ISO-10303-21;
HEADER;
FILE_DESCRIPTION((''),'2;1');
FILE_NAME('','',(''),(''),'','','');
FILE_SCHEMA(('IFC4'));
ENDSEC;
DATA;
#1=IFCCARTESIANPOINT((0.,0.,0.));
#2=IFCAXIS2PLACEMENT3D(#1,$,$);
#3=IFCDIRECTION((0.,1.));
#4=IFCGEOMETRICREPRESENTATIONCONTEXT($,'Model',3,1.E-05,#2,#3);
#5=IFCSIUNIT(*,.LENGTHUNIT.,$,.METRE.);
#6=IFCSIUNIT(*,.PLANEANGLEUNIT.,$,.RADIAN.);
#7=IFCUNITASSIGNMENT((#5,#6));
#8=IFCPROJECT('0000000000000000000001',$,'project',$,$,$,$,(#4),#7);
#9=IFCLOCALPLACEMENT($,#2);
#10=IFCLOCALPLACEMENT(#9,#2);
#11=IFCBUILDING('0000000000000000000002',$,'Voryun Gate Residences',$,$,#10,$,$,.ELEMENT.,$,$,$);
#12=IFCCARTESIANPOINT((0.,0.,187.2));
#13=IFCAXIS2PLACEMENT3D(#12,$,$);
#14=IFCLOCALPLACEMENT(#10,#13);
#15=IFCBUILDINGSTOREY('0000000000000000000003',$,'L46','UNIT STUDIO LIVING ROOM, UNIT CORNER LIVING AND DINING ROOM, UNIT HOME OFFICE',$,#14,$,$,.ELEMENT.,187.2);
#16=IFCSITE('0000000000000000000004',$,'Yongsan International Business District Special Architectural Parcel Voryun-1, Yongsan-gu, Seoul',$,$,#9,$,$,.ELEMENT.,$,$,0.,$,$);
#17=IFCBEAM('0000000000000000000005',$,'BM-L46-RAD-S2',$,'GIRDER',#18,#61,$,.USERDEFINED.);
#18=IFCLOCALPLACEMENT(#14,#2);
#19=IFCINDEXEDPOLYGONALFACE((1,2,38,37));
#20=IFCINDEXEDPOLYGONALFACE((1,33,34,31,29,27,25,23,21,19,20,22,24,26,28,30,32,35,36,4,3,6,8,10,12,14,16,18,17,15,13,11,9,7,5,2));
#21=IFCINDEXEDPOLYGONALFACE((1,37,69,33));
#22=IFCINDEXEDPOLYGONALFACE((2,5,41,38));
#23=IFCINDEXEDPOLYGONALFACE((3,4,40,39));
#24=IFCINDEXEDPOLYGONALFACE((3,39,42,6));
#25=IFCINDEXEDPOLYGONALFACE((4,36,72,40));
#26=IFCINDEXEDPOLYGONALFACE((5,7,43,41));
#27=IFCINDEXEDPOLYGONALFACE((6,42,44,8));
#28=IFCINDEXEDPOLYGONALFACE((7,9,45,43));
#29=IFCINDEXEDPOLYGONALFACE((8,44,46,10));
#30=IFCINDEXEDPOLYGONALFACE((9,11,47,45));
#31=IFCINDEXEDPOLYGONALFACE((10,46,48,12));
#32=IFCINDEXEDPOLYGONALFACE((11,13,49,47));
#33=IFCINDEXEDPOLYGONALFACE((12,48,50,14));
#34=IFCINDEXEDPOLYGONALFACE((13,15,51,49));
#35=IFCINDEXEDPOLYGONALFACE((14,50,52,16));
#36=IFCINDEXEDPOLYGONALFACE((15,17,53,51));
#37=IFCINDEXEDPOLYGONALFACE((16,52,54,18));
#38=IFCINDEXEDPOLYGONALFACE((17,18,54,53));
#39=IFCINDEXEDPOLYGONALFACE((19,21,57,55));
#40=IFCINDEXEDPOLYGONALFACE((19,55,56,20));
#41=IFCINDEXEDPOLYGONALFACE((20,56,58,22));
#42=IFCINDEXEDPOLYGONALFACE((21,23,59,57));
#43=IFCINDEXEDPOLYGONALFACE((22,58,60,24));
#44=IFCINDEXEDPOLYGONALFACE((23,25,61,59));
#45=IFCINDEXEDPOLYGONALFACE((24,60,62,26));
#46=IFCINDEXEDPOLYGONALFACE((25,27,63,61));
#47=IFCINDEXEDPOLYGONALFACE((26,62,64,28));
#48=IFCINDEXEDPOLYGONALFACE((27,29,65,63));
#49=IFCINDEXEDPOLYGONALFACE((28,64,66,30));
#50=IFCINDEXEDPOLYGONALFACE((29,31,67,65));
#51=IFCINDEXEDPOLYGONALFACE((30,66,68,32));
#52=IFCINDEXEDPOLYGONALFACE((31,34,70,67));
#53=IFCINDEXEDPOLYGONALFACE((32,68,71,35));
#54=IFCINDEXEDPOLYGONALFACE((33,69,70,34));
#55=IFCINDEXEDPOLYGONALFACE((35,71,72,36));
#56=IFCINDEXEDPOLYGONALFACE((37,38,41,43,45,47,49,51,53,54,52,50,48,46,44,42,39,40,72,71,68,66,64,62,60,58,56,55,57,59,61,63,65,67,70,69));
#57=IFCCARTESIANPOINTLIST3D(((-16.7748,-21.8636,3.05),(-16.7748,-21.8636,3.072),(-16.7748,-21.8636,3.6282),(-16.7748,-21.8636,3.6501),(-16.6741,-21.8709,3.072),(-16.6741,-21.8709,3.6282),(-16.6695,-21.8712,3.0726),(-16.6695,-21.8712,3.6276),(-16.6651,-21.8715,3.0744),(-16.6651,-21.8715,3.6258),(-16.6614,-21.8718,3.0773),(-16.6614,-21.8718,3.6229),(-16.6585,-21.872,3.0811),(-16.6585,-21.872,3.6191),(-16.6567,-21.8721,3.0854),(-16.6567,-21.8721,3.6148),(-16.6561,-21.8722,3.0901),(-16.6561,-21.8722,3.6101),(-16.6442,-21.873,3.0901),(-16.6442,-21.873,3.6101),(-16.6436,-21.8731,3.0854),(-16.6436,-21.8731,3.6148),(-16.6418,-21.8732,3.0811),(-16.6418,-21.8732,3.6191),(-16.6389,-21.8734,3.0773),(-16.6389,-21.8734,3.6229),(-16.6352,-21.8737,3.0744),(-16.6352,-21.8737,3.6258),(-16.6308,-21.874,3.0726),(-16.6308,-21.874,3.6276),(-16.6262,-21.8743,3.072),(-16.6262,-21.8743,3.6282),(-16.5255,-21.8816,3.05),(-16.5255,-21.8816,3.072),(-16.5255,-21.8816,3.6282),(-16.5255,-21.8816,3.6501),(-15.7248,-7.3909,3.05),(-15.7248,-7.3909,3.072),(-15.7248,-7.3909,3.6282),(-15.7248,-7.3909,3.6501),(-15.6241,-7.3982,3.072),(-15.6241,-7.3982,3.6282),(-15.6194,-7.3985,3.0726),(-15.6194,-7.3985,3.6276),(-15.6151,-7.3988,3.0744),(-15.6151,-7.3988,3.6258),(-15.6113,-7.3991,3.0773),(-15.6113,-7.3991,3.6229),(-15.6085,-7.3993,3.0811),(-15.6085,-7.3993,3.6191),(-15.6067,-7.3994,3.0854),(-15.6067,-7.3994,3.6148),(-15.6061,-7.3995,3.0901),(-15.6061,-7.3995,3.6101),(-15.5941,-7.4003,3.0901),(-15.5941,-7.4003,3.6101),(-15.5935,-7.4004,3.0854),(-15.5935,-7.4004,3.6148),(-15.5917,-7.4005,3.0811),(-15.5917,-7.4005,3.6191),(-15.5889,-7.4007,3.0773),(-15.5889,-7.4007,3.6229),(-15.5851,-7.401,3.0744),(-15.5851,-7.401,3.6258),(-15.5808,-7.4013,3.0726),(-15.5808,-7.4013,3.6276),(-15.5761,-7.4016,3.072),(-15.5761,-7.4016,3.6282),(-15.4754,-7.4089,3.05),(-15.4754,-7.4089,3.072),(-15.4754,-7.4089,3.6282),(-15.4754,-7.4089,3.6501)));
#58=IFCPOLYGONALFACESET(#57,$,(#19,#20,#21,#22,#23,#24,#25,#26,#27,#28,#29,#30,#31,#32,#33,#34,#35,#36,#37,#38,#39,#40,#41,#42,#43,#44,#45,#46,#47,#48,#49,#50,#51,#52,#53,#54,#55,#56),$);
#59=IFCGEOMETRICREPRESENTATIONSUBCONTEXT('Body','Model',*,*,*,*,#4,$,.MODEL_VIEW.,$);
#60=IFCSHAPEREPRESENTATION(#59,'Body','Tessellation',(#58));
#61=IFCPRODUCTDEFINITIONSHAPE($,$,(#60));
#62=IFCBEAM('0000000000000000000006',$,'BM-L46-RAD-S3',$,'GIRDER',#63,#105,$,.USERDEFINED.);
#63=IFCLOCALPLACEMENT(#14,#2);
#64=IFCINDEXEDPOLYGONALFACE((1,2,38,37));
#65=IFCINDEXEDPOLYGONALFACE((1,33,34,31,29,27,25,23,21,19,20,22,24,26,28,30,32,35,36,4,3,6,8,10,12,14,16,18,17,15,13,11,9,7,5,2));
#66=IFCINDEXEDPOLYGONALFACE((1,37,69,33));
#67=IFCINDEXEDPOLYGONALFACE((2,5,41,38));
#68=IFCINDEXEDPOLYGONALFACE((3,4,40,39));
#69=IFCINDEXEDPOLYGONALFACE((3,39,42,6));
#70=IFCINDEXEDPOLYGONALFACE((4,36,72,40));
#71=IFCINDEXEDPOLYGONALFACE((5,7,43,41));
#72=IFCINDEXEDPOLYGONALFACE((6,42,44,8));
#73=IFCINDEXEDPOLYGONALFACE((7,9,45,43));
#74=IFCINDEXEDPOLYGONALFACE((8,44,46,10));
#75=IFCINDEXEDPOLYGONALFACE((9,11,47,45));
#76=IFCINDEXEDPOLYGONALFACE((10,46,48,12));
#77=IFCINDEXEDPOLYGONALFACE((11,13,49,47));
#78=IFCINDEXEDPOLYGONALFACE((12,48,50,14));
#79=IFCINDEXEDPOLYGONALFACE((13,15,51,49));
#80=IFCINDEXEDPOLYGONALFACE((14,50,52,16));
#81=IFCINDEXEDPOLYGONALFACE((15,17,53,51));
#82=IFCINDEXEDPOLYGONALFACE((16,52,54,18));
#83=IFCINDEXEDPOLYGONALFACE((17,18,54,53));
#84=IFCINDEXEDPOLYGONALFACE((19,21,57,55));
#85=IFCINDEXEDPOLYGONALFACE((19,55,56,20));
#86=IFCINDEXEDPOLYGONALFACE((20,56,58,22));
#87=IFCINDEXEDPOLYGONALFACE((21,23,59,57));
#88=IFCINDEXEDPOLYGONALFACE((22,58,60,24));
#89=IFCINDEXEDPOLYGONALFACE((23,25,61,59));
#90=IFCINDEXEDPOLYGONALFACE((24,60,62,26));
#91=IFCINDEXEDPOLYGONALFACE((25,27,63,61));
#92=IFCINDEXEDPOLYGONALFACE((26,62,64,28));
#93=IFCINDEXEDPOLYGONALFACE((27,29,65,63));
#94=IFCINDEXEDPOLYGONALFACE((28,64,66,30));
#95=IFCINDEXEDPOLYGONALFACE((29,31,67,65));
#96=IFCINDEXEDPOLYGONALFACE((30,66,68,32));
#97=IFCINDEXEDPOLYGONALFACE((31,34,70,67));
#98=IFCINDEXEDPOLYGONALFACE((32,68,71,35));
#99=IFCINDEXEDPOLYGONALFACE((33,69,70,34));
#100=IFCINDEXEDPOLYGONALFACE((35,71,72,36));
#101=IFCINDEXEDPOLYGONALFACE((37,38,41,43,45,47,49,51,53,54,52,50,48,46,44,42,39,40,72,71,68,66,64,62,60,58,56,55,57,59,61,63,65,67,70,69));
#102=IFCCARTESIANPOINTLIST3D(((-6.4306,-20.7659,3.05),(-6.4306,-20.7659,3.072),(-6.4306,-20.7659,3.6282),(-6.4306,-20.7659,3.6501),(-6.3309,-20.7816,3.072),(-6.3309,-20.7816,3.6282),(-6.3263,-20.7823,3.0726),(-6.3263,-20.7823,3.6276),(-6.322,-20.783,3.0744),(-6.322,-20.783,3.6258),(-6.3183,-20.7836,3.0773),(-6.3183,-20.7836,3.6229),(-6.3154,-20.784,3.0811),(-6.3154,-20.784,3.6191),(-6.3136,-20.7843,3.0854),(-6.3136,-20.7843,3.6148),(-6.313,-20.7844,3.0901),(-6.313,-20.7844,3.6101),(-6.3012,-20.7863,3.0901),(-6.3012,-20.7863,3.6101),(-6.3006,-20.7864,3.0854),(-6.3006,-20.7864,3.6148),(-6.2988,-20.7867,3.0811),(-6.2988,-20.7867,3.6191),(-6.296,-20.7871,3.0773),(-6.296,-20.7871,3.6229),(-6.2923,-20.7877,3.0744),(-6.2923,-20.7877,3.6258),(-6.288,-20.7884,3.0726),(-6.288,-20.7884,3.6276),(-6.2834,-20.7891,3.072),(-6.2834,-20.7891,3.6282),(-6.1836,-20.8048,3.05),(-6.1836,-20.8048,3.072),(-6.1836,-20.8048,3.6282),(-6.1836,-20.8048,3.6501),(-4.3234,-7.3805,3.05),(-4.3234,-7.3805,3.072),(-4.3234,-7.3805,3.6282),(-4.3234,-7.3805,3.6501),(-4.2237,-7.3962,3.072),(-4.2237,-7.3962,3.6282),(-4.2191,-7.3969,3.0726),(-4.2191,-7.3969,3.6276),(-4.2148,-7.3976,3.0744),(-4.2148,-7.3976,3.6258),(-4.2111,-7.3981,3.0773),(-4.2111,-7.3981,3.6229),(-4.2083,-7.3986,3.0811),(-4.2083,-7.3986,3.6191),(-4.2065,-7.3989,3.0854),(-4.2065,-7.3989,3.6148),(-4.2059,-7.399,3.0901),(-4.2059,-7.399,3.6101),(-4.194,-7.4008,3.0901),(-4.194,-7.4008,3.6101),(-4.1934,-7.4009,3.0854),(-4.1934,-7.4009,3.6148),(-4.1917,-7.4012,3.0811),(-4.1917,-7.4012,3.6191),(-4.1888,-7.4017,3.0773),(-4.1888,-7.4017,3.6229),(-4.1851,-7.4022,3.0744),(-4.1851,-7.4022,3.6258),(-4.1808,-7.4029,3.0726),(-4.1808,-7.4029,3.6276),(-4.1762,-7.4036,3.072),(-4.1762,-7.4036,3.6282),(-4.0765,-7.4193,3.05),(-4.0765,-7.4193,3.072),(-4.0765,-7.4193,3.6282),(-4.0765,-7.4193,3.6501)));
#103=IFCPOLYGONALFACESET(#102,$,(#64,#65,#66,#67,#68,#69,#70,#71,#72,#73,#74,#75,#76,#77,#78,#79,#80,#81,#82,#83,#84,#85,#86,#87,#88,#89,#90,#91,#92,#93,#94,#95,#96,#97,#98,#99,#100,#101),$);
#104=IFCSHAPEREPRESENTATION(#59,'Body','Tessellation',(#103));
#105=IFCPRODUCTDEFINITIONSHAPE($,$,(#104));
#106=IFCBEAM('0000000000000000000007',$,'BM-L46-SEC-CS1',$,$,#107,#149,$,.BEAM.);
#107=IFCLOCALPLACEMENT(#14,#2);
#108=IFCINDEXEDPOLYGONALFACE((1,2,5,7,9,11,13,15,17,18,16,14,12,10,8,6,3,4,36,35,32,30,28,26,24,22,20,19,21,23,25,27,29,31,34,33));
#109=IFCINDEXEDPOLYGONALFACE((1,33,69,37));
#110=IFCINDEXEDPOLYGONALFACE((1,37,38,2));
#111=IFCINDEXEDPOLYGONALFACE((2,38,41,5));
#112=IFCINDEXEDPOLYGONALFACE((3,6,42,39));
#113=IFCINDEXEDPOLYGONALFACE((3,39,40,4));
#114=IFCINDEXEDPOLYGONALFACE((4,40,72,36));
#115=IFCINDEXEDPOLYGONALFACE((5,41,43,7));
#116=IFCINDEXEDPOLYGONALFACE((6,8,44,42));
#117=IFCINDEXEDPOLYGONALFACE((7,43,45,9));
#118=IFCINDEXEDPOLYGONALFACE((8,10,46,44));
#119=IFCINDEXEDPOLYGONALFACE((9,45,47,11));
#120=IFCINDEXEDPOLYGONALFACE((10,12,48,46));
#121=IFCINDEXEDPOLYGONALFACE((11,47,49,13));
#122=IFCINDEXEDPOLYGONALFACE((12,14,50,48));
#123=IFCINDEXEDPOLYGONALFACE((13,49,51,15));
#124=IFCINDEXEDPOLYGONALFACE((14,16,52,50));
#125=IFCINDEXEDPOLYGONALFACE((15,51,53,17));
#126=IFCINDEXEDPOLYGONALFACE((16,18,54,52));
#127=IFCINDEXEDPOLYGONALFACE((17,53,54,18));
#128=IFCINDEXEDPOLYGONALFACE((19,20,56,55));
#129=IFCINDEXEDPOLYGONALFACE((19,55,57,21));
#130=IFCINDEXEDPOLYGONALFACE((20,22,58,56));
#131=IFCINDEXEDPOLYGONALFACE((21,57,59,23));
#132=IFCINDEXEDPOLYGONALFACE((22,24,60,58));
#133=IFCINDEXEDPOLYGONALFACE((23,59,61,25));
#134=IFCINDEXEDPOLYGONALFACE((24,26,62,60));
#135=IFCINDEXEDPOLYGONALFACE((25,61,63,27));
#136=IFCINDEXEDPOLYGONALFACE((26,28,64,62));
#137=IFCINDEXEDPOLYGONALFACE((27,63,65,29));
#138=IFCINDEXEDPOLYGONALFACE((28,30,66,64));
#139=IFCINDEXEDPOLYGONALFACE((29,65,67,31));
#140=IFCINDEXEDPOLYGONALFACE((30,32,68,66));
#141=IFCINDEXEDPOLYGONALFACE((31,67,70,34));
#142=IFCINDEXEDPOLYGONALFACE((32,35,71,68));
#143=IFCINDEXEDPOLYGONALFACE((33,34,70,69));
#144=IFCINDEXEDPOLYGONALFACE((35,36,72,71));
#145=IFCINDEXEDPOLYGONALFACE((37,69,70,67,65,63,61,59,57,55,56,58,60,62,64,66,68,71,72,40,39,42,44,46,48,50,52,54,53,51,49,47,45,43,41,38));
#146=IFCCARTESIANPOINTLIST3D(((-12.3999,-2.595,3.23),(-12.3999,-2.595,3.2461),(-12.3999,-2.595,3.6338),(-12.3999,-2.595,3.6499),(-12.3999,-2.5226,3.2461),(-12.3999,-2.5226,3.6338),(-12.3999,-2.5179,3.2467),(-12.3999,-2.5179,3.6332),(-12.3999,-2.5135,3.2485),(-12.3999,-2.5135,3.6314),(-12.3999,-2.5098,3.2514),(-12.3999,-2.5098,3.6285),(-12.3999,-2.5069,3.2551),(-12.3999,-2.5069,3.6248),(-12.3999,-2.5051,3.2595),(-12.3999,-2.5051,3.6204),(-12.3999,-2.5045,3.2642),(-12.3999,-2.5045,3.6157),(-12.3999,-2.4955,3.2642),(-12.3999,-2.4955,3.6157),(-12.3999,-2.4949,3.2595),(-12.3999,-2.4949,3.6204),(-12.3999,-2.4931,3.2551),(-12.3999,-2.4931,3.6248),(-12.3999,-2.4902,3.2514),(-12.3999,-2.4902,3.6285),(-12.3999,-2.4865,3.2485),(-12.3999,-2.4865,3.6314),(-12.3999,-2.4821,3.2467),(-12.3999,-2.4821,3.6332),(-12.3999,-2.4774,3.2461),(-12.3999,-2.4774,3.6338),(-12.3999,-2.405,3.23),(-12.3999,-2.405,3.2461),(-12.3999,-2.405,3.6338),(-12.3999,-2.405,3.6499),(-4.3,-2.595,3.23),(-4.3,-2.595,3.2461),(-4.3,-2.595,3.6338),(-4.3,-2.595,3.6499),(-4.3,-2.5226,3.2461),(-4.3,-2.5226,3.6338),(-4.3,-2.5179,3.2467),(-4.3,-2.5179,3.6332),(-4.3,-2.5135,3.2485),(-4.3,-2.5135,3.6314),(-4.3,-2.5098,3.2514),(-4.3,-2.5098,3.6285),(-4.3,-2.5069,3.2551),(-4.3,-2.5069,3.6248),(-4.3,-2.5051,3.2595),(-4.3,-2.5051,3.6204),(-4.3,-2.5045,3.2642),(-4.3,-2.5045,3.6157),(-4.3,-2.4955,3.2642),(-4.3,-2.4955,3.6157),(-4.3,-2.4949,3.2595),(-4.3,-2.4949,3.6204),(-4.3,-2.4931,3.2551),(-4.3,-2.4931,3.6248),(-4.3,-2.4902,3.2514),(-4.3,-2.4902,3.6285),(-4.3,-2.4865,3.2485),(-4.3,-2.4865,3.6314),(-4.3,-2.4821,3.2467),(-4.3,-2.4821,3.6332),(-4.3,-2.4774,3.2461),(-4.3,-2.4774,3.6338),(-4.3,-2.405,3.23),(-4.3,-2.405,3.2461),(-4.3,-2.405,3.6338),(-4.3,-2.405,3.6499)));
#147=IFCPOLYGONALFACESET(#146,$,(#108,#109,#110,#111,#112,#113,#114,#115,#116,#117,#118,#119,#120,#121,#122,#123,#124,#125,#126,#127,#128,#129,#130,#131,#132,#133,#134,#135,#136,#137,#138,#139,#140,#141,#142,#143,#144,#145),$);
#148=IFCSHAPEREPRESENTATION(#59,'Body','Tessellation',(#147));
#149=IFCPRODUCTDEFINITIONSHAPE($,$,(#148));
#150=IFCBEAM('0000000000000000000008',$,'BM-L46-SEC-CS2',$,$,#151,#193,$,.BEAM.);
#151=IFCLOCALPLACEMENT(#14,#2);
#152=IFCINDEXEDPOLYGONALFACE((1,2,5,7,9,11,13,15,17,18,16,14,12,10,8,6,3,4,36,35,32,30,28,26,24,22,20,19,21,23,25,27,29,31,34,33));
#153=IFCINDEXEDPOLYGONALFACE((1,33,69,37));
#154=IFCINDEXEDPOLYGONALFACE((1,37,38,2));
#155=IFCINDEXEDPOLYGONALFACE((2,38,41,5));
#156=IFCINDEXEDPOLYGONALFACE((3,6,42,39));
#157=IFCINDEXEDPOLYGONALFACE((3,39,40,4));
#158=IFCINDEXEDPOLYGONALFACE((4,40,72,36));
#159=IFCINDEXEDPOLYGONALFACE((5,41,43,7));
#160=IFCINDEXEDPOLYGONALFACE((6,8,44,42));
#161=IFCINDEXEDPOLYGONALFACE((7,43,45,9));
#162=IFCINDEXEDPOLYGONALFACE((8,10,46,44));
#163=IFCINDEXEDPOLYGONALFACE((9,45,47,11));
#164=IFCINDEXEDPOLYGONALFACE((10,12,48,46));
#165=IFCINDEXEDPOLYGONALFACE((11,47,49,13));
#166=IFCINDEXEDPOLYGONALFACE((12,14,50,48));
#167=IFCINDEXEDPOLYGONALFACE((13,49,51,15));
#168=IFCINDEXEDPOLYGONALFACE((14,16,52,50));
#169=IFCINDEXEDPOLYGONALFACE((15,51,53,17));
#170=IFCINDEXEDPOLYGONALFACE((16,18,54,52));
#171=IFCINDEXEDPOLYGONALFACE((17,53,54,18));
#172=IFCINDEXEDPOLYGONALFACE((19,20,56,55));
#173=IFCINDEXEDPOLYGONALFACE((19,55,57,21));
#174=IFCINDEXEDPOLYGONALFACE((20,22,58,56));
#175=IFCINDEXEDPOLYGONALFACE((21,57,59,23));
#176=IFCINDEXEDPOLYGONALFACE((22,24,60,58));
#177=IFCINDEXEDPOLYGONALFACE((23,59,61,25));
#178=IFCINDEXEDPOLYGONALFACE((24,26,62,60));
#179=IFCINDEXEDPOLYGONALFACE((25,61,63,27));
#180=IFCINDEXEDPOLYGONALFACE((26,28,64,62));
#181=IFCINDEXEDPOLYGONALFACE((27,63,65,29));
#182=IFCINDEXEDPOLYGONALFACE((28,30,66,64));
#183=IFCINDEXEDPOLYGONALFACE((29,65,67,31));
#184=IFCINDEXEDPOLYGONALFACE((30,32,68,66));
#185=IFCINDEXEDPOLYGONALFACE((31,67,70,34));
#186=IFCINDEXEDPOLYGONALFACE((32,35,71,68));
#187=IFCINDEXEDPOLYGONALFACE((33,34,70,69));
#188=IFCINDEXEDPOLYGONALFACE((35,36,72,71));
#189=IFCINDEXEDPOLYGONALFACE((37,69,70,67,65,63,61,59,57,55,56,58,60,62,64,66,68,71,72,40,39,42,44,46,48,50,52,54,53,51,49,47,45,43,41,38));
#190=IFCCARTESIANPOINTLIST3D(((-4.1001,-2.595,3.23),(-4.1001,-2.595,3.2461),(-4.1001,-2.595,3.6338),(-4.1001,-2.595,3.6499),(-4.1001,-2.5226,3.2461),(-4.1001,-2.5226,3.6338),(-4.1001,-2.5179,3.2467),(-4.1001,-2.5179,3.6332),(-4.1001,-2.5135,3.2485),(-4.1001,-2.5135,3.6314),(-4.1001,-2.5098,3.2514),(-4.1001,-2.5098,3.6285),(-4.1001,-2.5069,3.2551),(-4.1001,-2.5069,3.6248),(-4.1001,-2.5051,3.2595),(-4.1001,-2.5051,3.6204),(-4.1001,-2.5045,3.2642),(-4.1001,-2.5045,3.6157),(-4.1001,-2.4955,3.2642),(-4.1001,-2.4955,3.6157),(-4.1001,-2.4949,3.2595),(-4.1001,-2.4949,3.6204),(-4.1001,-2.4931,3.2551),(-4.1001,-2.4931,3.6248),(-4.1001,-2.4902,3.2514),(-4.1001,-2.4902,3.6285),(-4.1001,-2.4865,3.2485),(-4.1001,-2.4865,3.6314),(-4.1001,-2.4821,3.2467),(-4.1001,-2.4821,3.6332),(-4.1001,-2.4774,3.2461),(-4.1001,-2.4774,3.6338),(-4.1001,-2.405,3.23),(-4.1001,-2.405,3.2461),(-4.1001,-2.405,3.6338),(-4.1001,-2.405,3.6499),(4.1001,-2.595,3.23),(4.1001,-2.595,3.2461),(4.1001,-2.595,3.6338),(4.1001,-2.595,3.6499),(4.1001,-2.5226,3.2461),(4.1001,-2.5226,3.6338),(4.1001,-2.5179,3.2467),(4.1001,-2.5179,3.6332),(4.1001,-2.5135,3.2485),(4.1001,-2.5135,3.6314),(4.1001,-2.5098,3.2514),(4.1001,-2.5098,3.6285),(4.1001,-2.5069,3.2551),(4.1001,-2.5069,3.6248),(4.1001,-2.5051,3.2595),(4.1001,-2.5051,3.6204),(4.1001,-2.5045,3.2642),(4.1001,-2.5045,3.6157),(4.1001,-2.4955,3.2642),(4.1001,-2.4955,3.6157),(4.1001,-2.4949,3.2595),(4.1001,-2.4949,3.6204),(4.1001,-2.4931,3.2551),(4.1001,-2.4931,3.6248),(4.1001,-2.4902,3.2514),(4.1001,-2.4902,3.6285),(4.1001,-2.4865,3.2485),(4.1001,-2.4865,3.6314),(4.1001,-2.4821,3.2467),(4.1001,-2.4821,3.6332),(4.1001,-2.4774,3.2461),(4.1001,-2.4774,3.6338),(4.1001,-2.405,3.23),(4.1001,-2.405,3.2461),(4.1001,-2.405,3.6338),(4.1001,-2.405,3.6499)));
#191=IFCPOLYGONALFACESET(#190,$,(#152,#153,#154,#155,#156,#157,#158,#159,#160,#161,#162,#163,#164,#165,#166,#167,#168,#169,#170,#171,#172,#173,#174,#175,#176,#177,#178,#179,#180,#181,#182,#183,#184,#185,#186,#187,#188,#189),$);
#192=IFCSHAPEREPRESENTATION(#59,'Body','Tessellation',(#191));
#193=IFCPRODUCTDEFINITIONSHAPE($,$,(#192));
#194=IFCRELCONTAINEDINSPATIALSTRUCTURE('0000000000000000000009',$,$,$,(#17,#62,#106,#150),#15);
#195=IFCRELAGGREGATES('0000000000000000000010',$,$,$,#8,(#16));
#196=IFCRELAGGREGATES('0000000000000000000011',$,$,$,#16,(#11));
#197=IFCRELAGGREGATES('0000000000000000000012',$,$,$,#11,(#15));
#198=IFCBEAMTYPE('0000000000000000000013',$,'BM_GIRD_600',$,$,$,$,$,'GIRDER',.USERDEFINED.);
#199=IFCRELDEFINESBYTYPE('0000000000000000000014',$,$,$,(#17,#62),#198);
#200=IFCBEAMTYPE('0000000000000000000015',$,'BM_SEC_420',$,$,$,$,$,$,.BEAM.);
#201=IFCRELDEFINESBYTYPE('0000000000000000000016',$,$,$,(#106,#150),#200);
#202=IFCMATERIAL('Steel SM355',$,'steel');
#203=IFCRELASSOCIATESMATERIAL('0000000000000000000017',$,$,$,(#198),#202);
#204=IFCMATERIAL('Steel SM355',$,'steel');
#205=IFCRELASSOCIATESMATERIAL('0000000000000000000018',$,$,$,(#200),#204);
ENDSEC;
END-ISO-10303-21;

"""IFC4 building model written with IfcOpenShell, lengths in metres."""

from ifc_helpers import new_model, si_unit, direction, frame, origin, origin_2d, place, context, subcontext, project, spatial, i_section, extrude, material, material_profile, profile_set, type_object, element, save


model = new_model("IFC4")

# Units and contexts
model_context = context("Model", 3, precision=1e-05, world=origin(), true_north=direction((0.0, 1.0)))
body_context = subcontext(model_context, "Body", "Model", "MODEL_VIEW")
ifc_project = project(units=[si_unit("LENGTHUNIT", "METRE"), si_unit("PLANEANGLEUNIT", "RADIAN")], contexts=[model_context])

# Site, building, storey
site_placement = place(None, origin())
site = spatial("IfcSite", under=ifc_project, at=site_placement, Name="Yongsan International Business District Special Architectural Parcel Voryun-1, Yongsan-gu, Seoul", CompositionType="ELEMENT", RefElevation=0.0)
building_placement = place(site_placement, origin())
building = spatial("IfcBuilding", under=site, at=building_placement, Name="Voryun Gate Residences", CompositionType="ELEMENT")
storey_placement = place(building_placement, frame((0.0, 0.0, 187.2)))
storey = spatial("IfcBuildingStorey", under=building, at=storey_placement, Name="L46", Description="UNIT STUDIO LIVING ROOM, UNIT CORNER LIVING AND DINING ROOM, UNIT HOME OFFICE", CompositionType="ELEMENT", Elevation=187.2)

# Beams
ifc_material_1 = material(Name="Steel SM355", Category="steel")
ifc_material_profile_1 = material_profile(ifc_material_1, i_section(OverallWidth=0.25, OverallDepth=0.6001, WebThickness=0.012, FlangeThickness=0.022, FilletRadius=0.0181, at=origin_2d()), Name="H-600x250x12x22")
ifc_profile_set_1 = profile_set([ifc_material_profile_1], Name="Steel SM355")
beam_type_1 = type_object("IfcBeamType", Name="BM_GIRD_600", ElementType="GIRDER", PredefinedType="USERDEFINED", material=ifc_profile_set_1)
beam_1_placement = place(storey_placement, frame((-15.6001, -7.3999, 3.3501), z_axis=(-0.072364, -0.997378, 0.0), x_axis=(0.997378, -0.072364, 0.0)))
element("IfcBeam", 1, at=beam_1_placement, inside=storey, type_object=beam_type_1, Name="BM-L46-RAD-S2", ObjectType="GIRDER", PredefinedType="USERDEFINED", context=body_context, shape_type="SweptSolid", body=[
    extrude(i_section(OverallWidth=0.25, OverallDepth=0.6001, WebThickness=0.012, FlangeThickness=0.022, FilletRadius=0.0181, at=origin_2d()), origin(), (0.0, 0.0, 1.0), 14.5107),
])
beam_2_placement = place(storey_placement, frame((-4.2, -7.3999, 3.3501), z_axis=(-0.155507, -0.987835, 0.0), x_axis=(0.987835, -0.155507, 0.0)))
element("IfcBeam", 2, at=beam_2_placement, inside=storey, type_object=beam_type_1, Name="BM-L46-RAD-S3", ObjectType="GIRDER", PredefinedType="USERDEFINED", context=body_context, shape_type="SweptSolid", body=[
    extrude(i_section(OverallWidth=0.25, OverallDepth=0.6001, WebThickness=0.012, FlangeThickness=0.022, FilletRadius=0.0181, at=origin_2d()), origin(), (0.0, 0.0, 1.0), 13.5503),
])
ifc_material_2 = material(Name="Steel SM355", Category="steel")
ifc_material_profile_2 = material_profile(ifc_material_2, i_section(OverallWidth=0.1899, OverallDepth=0.4199, WebThickness=0.009, FlangeThickness=0.0161, FilletRadius=0.0181, at=origin_2d()), Name="H-420x190x9x16")
ifc_profile_set_2 = profile_set([ifc_material_profile_2], Name="Steel SM355")
beam_type_2 = type_object("IfcBeamType", Name="BM_SEC_420", PredefinedType="BEAM", material=ifc_profile_set_2)
beam_3_placement = place(storey_placement, frame((-12.3999, -2.5, 3.4399), z_axis=(1.0, 0.0, 0.0), x_axis=(0.0, 1.0, 0.0)))
element("IfcBeam", 3, at=beam_3_placement, inside=storey, type_object=beam_type_2, Name="BM-L46-SEC-CS1", PredefinedType="BEAM", context=body_context, shape_type="SweptSolid", body=[
    extrude(i_section(OverallWidth=0.1899, OverallDepth=0.4199, WebThickness=0.009, FlangeThickness=0.0161, FilletRadius=0.0181, at=origin_2d()), origin(), (0.0, 0.0, 1.0), 8.0999),
])
beam_4_placement = place(storey_placement, frame((-4.1001, -2.5, 3.4399), z_axis=(1.0, 0.0, 0.0), x_axis=(0.0, 1.0, 0.0)))
element("IfcBeam", 4, at=beam_4_placement, inside=storey, type_object=beam_type_2, Name="BM-L46-SEC-CS2", PredefinedType="BEAM", context=body_context, shape_type="SweptSolid", body=[
    extrude(i_section(OverallWidth=0.1899, OverallDepth=0.4199, WebThickness=0.009, FlangeThickness=0.0161, FilletRadius=0.0181, at=origin_2d()), origin(), (0.0, 0.0, 1.0), 8.2002),
])

save(model, "model.ifc")
